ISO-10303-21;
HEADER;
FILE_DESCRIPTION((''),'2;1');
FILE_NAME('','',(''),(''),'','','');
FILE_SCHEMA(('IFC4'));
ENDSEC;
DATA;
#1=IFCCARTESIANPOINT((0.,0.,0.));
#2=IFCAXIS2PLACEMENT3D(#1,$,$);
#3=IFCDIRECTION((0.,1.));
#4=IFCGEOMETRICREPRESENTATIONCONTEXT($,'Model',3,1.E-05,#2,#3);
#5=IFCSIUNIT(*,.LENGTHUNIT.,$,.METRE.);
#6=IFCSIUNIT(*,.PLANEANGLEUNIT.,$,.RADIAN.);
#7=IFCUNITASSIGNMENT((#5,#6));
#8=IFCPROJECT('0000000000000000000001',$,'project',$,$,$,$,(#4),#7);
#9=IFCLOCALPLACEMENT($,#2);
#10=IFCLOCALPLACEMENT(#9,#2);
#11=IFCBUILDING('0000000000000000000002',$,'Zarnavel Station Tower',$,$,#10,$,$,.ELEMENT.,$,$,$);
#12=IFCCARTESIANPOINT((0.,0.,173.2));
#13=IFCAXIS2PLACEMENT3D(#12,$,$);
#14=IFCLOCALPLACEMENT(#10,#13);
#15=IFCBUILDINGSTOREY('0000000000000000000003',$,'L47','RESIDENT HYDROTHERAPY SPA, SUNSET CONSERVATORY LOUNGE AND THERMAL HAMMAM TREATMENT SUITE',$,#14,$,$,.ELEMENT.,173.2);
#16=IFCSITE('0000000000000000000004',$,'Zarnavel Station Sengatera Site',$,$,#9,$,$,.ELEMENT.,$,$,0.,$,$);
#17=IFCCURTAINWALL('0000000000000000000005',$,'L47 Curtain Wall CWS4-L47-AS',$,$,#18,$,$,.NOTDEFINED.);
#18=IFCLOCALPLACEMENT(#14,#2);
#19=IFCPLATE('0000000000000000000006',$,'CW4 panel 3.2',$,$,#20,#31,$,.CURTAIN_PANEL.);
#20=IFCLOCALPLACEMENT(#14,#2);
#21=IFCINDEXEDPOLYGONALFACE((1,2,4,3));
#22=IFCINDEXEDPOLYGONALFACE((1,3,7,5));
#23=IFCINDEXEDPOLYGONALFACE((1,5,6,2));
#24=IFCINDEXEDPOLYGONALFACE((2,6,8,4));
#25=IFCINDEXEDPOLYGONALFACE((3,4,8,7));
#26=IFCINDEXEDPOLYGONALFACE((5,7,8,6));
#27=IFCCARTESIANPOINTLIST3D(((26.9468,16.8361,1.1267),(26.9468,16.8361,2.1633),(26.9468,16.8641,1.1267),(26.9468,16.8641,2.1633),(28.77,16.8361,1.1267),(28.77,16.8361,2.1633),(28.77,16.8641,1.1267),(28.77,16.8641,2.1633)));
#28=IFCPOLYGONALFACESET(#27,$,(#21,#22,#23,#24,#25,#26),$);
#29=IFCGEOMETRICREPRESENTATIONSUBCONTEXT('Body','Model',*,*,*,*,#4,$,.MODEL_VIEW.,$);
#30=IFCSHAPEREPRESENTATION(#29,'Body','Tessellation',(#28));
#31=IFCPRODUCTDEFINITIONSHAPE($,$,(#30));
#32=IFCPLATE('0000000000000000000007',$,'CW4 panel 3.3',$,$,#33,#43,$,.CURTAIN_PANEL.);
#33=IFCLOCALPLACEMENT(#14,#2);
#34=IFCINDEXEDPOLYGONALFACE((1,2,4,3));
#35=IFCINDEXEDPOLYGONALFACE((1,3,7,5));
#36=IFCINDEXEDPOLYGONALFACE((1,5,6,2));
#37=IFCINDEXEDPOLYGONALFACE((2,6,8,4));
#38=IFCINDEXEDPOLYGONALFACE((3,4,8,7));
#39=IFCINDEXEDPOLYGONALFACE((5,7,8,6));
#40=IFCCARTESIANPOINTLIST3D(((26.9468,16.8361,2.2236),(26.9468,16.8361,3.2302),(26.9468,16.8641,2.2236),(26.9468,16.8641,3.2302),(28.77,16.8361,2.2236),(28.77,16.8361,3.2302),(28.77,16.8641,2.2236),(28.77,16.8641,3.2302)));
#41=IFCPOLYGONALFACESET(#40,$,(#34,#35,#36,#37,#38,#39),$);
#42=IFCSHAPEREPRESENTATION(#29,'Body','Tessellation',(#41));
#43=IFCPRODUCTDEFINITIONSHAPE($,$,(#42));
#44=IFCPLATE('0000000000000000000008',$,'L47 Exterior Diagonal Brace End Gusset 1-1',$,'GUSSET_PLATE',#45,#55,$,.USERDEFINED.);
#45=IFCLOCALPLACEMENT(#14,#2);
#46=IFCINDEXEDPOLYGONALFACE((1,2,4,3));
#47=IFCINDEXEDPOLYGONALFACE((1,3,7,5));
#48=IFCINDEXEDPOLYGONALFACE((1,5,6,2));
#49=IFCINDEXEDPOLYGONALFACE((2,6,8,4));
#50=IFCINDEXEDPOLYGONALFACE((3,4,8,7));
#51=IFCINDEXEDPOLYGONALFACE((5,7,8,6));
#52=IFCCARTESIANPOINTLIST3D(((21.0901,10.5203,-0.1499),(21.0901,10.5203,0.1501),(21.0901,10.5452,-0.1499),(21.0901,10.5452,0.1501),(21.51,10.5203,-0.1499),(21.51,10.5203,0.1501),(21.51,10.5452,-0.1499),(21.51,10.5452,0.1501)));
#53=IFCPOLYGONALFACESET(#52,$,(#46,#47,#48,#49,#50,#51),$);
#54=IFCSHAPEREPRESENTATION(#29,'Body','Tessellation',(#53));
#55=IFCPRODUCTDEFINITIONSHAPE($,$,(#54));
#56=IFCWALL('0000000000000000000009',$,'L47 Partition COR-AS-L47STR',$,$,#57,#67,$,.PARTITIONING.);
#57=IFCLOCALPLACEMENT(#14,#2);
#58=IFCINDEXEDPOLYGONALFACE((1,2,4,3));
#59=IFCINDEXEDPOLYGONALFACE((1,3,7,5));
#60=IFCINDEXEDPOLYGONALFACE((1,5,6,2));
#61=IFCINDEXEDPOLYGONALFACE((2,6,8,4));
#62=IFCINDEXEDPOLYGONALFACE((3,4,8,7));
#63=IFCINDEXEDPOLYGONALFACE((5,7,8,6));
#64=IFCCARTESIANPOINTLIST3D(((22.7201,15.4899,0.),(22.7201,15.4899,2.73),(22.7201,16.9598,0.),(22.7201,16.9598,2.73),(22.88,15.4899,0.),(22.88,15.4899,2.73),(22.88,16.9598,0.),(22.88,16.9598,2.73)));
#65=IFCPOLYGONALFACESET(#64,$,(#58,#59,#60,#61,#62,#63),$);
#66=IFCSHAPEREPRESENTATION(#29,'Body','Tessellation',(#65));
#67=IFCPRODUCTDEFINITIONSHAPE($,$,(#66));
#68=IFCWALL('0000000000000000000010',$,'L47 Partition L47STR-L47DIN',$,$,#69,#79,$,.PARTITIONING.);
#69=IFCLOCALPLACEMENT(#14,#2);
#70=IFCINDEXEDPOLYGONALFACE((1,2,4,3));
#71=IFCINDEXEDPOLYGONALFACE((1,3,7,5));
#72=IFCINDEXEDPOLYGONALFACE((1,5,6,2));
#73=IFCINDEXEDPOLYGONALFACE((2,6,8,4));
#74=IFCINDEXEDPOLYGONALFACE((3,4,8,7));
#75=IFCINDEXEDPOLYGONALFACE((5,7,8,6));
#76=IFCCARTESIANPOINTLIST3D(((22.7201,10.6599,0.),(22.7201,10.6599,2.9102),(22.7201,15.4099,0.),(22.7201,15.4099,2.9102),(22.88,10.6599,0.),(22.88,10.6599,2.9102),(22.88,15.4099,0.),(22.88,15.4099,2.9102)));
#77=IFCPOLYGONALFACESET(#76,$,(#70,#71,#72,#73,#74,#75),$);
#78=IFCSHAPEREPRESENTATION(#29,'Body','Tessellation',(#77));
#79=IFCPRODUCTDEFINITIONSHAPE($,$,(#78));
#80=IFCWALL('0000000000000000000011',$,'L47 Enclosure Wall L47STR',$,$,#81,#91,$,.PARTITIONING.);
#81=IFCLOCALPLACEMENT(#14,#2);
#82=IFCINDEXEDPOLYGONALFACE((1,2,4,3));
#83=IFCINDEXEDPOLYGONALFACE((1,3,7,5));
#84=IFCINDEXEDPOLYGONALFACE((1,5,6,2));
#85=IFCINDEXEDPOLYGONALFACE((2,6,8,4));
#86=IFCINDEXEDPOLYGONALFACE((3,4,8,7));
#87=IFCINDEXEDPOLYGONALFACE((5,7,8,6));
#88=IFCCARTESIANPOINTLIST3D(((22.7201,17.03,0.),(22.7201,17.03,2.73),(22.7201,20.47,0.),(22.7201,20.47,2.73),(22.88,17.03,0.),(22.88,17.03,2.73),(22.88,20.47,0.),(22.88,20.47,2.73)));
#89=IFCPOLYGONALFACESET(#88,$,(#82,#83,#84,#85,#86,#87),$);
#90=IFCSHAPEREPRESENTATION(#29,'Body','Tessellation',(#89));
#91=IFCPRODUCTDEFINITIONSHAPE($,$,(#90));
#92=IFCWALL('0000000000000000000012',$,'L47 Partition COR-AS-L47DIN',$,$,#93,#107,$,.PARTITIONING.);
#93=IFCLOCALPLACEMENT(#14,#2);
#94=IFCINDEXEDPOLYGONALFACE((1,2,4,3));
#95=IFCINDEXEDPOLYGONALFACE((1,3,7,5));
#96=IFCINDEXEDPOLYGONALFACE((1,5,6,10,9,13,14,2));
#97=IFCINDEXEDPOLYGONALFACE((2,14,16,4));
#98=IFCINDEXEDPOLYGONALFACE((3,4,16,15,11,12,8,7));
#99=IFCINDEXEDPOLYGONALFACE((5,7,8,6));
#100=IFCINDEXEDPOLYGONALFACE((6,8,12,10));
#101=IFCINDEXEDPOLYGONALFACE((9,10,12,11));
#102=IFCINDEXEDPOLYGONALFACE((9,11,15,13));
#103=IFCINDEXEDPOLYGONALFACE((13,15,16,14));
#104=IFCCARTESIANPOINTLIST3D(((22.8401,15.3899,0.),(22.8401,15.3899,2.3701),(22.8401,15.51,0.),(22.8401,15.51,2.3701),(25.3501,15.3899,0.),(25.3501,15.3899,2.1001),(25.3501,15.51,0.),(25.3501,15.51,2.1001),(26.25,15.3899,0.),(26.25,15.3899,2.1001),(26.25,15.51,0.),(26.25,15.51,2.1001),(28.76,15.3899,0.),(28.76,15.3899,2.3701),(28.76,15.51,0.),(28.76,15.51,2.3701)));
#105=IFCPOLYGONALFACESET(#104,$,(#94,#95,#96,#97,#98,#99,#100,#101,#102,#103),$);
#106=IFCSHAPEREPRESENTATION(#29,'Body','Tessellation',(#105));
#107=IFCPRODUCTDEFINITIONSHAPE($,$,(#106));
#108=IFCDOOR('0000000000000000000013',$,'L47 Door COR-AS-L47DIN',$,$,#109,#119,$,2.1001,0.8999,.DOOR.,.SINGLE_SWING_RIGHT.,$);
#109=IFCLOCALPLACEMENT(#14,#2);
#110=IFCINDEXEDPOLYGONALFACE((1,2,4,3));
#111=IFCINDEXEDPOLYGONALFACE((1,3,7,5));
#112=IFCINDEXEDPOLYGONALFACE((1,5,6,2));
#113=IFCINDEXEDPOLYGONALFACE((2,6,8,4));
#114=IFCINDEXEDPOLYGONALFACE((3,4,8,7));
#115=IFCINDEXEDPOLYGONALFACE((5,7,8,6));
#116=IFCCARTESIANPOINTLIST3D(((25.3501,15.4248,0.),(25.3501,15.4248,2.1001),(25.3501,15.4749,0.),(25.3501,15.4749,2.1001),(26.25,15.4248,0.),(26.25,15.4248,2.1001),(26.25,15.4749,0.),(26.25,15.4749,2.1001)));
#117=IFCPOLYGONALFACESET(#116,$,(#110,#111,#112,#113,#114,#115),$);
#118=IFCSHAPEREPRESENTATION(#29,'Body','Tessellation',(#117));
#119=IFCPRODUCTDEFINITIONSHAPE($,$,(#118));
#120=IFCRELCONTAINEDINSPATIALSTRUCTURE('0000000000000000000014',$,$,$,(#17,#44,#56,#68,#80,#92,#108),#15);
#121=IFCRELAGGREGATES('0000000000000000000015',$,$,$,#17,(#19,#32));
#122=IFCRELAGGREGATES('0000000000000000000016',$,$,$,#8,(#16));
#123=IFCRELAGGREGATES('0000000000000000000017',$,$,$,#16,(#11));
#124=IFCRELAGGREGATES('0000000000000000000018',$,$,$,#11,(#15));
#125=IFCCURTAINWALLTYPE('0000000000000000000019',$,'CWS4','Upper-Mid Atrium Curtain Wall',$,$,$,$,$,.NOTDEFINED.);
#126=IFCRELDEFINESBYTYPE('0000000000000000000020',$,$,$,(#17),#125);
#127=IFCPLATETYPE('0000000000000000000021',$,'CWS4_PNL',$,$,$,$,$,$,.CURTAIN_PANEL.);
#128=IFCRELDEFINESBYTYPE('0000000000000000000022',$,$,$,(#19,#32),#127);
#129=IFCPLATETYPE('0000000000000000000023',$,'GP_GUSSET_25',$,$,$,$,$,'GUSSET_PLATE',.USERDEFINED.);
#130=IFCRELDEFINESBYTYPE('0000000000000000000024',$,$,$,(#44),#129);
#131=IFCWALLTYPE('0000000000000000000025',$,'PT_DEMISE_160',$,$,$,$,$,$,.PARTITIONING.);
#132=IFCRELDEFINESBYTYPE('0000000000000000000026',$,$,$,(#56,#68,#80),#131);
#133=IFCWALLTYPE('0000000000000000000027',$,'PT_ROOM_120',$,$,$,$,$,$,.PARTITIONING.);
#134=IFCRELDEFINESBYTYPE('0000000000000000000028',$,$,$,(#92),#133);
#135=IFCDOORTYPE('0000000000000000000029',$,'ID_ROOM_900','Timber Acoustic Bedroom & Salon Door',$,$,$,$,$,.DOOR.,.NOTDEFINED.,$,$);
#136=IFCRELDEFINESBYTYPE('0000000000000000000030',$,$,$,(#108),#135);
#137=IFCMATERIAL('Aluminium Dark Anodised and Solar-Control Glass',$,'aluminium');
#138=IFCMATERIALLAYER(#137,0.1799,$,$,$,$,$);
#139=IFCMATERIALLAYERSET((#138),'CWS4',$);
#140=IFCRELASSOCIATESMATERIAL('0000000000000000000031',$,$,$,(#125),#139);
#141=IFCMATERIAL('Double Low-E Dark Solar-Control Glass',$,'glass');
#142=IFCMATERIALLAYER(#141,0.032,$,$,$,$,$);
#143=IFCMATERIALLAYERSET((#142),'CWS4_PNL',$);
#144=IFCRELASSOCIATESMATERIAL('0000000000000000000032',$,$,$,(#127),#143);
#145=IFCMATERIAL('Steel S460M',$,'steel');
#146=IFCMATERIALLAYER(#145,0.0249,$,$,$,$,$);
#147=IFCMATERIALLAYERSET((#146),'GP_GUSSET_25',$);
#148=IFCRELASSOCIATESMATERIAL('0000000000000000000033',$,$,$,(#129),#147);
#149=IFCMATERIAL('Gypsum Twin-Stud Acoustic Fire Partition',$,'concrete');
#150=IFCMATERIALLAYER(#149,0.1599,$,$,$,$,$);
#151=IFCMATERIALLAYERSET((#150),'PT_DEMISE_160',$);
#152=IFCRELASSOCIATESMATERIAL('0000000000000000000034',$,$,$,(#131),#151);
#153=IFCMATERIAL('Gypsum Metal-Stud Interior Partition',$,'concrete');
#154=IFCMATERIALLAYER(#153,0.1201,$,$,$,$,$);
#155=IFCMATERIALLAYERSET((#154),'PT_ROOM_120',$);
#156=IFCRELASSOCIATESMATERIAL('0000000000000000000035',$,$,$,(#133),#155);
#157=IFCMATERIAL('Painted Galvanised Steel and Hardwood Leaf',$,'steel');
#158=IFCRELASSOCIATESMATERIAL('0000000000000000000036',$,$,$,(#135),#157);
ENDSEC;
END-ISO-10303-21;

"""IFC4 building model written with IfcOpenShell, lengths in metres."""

from ifc_helpers import new_model, si_unit, direction, frame, frame_2d, origin, origin_2d, place, context, subcontext, project, spatial, rectangle, extrude, material, layer, layer_set, type_object, element, fill, aggregate, save


model = new_model("IFC4")

# Units and contexts
model_context = context("Model", 3, precision=1e-05, world=origin(), true_north=direction((0.0, 1.0)))
body_context = subcontext(model_context, "Body", "Model", "MODEL_VIEW")
ifc_project = project(units=[si_unit("LENGTHUNIT", "METRE"), si_unit("PLANEANGLEUNIT", "RADIAN")], contexts=[model_context])

# Site, building, storey
site_placement = place(None, origin())
site = spatial("IfcSite", under=ifc_project, at=site_placement, Name="Zarnavel Station Sengatera Site", CompositionType="ELEMENT", RefElevation=0.0)
building_placement = place(site_placement, origin())
building = spatial("IfcBuilding", under=site, at=building_placement, Name="Zarnavel Station Tower", CompositionType="ELEMENT")
storey_placement = place(building_placement, frame((0.0, 0.0, 173.2)))
storey = spatial("IfcBuildingStorey", under=building, at=storey_placement, Name="L47", Description="RESIDENT HYDROTHERAPY SPA, SUNSET CONSERVATORY LOUNGE AND THERMAL HAMMAM TREATMENT SUITE", CompositionType="ELEMENT", Elevation=173.2)

# Curtain wall
ifc_material_1 = material(Name="Aluminium Dark Anodised and Solar-Control Glass", Category="aluminium")
ifc_layer_1 = layer(ifc_material_1, 0.1799)
ifc_layer_set_1 = layer_set([ifc_layer_1], Name="CWS4")
curtain_wall_type = type_object("IfcCurtainWallType", Name="CWS4", Description="Upper-Mid Atrium Curtain Wall", PredefinedType="NOTDEFINED", material=ifc_layer_set_1)
curtain_wall_placement = place(storey_placement, origin())
curtain_wall = element("IfcCurtainWall", 1, at=curtain_wall_placement, inside=storey, type_object=curtain_wall_type, Name="L47 Curtain Wall CWS4-L47-AS", PredefinedType="NOTDEFINED")

# Plates
ifc_material_2 = material(Name="Double Low-E Dark Solar-Control Glass", Category="glass")
ifc_layer_2 = layer(ifc_material_2, 0.032)
ifc_layer_set_2 = layer_set([ifc_layer_2], Name="CWS4_PNL")
plate_type_1 = type_object("IfcPlateType", Name="CWS4_PNL", PredefinedType="CURTAIN_PANEL", material=ifc_layer_set_2)
plate_1_placement = place(storey_placement, frame((27.8584, 16.8501, 1.1267), z_axis=(0.0, 0.0, 1.0), x_axis=(1.0, 0.0, 0.0)))
plate_1 = element("IfcPlate", 2, at=plate_1_placement, type_object=plate_type_1, Name="CW4 panel 3.2", PredefinedType="CURTAIN_PANEL", context=body_context, shape_type="SweptSolid", body=[
    extrude(rectangle(XDim=1.8232, YDim=0.0281, at=origin_2d()), origin(), (0.0, 0.0, 1.0), 1.0366),
])
plate_2_placement = place(storey_placement, frame((27.8584, 16.8501, 2.2236), z_axis=(0.0, 0.0, 1.0), x_axis=(1.0, 0.0, 0.0)))
plate_2 = element("IfcPlate", 3, at=plate_2_placement, type_object=plate_type_1, Name="CW4 panel 3.3", PredefinedType="CURTAIN_PANEL", context=body_context, shape_type="SweptSolid", body=[
    extrude(rectangle(XDim=1.8232, YDim=0.0281, at=origin_2d()), origin(), (0.0, 0.0, 1.0), 1.0066),
])
aggregate(curtain_wall, [plate_1, plate_2])
ifc_material_3 = material(Name="Steel S460M", Category="steel")
ifc_layer_3 = layer(ifc_material_3, 0.0249)
ifc_layer_set_3 = layer_set([ifc_layer_3], Name="GP_GUSSET_25")
plate_type_2 = type_object("IfcPlateType", Name="GP_GUSSET_25", ElementType="GUSSET_PLATE", PredefinedType="USERDEFINED", material=ifc_layer_set_3)
plate_3_placement = place(storey_placement, frame((21.3, 10.5327, -0.1499), z_axis=(0.0, 0.0, 1.0), x_axis=(1.0, 0.0, 0.0)))
element("IfcPlate", 4, at=plate_3_placement, inside=storey, type_object=plate_type_2, Name="L47 Exterior Diagonal Brace End Gusset 1-1", ObjectType="GUSSET_PLATE", PredefinedType="USERDEFINED", context=body_context, shape_type="SweptSolid", body=[
    extrude(rectangle(XDim=0.4199, YDim=0.0249, at=origin_2d()), origin(), (0.0, 0.0, 1.0), 0.3),
])

# Walls
ifc_material_4 = material(Name="Gypsum Twin-Stud Acoustic Fire Partition", Category="concrete")
ifc_layer_4 = layer(ifc_material_4, 0.1599)
ifc_layer_set_4 = layer_set([ifc_layer_4], Name="PT_DEMISE_160")
wall_type_1 = type_object("IfcWallType", Name="PT_DEMISE_160", PredefinedType="PARTITIONING", material=ifc_layer_set_4)
wall_1_placement = place(storey_placement, frame((22.8, 15.49, 0.0), z_axis=(0.0, 0.0, 1.0), x_axis=(0.0, 1.0, 0.0)))
element("IfcWall", 5, at=wall_1_placement, inside=storey, type_object=wall_type_1, Name="L47 Partition COR-AS-L47STR", PredefinedType="PARTITIONING", context=body_context, shape_type="SweptSolid", body=[
    extrude(rectangle(XDim=1.47, YDim=0.1599, at=frame_2d((0.7349, 0.0))), origin(), (0.0, 0.0, 1.0), 2.73),
])
wall_2_placement = place(storey_placement, frame((22.8, 10.6599, 0.0), z_axis=(0.0, 0.0, 1.0), x_axis=(0.0, 1.0, 0.0)))
element("IfcWall", 6, at=wall_2_placement, inside=storey, type_object=wall_type_1, Name="L47 Partition L47STR-L47DIN", PredefinedType="PARTITIONING", context=body_context, shape_type="SweptSolid", body=[
    extrude(rectangle(XDim=4.75, YDim=0.1599, at=frame_2d((2.375, 0.0))), origin(), (0.0, 0.0, 1.0), 2.9102),
])
wall_3_placement = place(storey_placement, frame((22.8, 17.03, 0.0), z_axis=(0.0, 0.0, 1.0), x_axis=(0.0, 1.0, 0.0)))
element("IfcWall", 7, at=wall_3_placement, inside=storey, type_object=wall_type_1, Name="L47 Enclosure Wall L47STR", PredefinedType="PARTITIONING", context=body_context, shape_type="SweptSolid", body=[
    extrude(rectangle(XDim=3.4399, YDim=0.1599, at=frame_2d((1.72, 0.0))), origin(), (0.0, 0.0, 1.0), 2.73),
])

# Wall, opening, door
ifc_material_5 = material(Name="Gypsum Metal-Stud Interior Partition", Category="concrete")
ifc_layer_5 = layer(ifc_material_5, 0.1201)
ifc_layer_set_5 = layer_set([ifc_layer_5], Name="PT_ROOM_120")
wall_type_2 = type_object("IfcWallType", Name="PT_ROOM_120", PredefinedType="PARTITIONING", material=ifc_layer_set_5)
wall_4_placement = place(storey_placement, frame((22.8401, 15.45, 0.0), z_axis=(0.0, 0.0, 1.0), x_axis=(1.0, 0.0, 0.0)))
wall_4 = element("IfcWall", 8, at=wall_4_placement, inside=storey, type_object=wall_type_2, Name="L47 Partition COR-AS-L47DIN", PredefinedType="PARTITIONING", context=body_context, shape_type="SweptSolid", body=[
    extrude(rectangle(XDim=5.9199, YDim=0.1201, at=frame_2d((2.96, 0.0))), origin(), (0.0, 0.0, 1.0), 2.3701),
])
opening_placement = place(wall_4_placement, frame((2.51, 0.0, 0.0)))
opening = element("IfcOpeningElement", 9, at=opening_placement, cuts=wall_4, PredefinedType="OPENING", context=body_context, shape_type="SweptSolid", body=[
    extrude(rectangle(XDim=0.8999, YDim=2.1001, at=frame_2d((0.45, 1.05))), frame((0.0, 0.0701, 0.0), z_axis=(0.0, -1.0, 0.0), x_axis=(1.0, 0.0, 0.0)), (0.0, 0.0, 1.0), 0.1401),
])
ifc_material_6 = material(Name="Painted Galvanised Steel and Hardwood Leaf", Category="steel")
door_type = type_object("IfcDoorType", Name="ID_ROOM_900", Description="Timber Acoustic Bedroom & Salon Door", OperationType="NOTDEFINED", PredefinedType="DOOR", material=ifc_material_6)
door_placement = place(opening_placement, origin())
door = element("IfcDoor", 10, at=door_placement, inside=storey, type_object=door_type, Name="L47 Door COR-AS-L47DIN", OperationType="SINGLE_SWING_RIGHT", OverallHeight=2.1001, OverallWidth=0.8999, PredefinedType="DOOR", context=body_context, shape_type="SweptSolid", body=[
    extrude(rectangle(XDim=0.8999, YDim=2.1001, at=frame_2d((0.45, 1.05))), frame((0.0, 0.0249, 0.0), z_axis=(0.0, -1.0, 0.0), x_axis=(1.0, 0.0, 0.0)), (0.0, 0.0, 1.0), 0.05),
])
fill(opening, door)

save(model, "model.ifc")
